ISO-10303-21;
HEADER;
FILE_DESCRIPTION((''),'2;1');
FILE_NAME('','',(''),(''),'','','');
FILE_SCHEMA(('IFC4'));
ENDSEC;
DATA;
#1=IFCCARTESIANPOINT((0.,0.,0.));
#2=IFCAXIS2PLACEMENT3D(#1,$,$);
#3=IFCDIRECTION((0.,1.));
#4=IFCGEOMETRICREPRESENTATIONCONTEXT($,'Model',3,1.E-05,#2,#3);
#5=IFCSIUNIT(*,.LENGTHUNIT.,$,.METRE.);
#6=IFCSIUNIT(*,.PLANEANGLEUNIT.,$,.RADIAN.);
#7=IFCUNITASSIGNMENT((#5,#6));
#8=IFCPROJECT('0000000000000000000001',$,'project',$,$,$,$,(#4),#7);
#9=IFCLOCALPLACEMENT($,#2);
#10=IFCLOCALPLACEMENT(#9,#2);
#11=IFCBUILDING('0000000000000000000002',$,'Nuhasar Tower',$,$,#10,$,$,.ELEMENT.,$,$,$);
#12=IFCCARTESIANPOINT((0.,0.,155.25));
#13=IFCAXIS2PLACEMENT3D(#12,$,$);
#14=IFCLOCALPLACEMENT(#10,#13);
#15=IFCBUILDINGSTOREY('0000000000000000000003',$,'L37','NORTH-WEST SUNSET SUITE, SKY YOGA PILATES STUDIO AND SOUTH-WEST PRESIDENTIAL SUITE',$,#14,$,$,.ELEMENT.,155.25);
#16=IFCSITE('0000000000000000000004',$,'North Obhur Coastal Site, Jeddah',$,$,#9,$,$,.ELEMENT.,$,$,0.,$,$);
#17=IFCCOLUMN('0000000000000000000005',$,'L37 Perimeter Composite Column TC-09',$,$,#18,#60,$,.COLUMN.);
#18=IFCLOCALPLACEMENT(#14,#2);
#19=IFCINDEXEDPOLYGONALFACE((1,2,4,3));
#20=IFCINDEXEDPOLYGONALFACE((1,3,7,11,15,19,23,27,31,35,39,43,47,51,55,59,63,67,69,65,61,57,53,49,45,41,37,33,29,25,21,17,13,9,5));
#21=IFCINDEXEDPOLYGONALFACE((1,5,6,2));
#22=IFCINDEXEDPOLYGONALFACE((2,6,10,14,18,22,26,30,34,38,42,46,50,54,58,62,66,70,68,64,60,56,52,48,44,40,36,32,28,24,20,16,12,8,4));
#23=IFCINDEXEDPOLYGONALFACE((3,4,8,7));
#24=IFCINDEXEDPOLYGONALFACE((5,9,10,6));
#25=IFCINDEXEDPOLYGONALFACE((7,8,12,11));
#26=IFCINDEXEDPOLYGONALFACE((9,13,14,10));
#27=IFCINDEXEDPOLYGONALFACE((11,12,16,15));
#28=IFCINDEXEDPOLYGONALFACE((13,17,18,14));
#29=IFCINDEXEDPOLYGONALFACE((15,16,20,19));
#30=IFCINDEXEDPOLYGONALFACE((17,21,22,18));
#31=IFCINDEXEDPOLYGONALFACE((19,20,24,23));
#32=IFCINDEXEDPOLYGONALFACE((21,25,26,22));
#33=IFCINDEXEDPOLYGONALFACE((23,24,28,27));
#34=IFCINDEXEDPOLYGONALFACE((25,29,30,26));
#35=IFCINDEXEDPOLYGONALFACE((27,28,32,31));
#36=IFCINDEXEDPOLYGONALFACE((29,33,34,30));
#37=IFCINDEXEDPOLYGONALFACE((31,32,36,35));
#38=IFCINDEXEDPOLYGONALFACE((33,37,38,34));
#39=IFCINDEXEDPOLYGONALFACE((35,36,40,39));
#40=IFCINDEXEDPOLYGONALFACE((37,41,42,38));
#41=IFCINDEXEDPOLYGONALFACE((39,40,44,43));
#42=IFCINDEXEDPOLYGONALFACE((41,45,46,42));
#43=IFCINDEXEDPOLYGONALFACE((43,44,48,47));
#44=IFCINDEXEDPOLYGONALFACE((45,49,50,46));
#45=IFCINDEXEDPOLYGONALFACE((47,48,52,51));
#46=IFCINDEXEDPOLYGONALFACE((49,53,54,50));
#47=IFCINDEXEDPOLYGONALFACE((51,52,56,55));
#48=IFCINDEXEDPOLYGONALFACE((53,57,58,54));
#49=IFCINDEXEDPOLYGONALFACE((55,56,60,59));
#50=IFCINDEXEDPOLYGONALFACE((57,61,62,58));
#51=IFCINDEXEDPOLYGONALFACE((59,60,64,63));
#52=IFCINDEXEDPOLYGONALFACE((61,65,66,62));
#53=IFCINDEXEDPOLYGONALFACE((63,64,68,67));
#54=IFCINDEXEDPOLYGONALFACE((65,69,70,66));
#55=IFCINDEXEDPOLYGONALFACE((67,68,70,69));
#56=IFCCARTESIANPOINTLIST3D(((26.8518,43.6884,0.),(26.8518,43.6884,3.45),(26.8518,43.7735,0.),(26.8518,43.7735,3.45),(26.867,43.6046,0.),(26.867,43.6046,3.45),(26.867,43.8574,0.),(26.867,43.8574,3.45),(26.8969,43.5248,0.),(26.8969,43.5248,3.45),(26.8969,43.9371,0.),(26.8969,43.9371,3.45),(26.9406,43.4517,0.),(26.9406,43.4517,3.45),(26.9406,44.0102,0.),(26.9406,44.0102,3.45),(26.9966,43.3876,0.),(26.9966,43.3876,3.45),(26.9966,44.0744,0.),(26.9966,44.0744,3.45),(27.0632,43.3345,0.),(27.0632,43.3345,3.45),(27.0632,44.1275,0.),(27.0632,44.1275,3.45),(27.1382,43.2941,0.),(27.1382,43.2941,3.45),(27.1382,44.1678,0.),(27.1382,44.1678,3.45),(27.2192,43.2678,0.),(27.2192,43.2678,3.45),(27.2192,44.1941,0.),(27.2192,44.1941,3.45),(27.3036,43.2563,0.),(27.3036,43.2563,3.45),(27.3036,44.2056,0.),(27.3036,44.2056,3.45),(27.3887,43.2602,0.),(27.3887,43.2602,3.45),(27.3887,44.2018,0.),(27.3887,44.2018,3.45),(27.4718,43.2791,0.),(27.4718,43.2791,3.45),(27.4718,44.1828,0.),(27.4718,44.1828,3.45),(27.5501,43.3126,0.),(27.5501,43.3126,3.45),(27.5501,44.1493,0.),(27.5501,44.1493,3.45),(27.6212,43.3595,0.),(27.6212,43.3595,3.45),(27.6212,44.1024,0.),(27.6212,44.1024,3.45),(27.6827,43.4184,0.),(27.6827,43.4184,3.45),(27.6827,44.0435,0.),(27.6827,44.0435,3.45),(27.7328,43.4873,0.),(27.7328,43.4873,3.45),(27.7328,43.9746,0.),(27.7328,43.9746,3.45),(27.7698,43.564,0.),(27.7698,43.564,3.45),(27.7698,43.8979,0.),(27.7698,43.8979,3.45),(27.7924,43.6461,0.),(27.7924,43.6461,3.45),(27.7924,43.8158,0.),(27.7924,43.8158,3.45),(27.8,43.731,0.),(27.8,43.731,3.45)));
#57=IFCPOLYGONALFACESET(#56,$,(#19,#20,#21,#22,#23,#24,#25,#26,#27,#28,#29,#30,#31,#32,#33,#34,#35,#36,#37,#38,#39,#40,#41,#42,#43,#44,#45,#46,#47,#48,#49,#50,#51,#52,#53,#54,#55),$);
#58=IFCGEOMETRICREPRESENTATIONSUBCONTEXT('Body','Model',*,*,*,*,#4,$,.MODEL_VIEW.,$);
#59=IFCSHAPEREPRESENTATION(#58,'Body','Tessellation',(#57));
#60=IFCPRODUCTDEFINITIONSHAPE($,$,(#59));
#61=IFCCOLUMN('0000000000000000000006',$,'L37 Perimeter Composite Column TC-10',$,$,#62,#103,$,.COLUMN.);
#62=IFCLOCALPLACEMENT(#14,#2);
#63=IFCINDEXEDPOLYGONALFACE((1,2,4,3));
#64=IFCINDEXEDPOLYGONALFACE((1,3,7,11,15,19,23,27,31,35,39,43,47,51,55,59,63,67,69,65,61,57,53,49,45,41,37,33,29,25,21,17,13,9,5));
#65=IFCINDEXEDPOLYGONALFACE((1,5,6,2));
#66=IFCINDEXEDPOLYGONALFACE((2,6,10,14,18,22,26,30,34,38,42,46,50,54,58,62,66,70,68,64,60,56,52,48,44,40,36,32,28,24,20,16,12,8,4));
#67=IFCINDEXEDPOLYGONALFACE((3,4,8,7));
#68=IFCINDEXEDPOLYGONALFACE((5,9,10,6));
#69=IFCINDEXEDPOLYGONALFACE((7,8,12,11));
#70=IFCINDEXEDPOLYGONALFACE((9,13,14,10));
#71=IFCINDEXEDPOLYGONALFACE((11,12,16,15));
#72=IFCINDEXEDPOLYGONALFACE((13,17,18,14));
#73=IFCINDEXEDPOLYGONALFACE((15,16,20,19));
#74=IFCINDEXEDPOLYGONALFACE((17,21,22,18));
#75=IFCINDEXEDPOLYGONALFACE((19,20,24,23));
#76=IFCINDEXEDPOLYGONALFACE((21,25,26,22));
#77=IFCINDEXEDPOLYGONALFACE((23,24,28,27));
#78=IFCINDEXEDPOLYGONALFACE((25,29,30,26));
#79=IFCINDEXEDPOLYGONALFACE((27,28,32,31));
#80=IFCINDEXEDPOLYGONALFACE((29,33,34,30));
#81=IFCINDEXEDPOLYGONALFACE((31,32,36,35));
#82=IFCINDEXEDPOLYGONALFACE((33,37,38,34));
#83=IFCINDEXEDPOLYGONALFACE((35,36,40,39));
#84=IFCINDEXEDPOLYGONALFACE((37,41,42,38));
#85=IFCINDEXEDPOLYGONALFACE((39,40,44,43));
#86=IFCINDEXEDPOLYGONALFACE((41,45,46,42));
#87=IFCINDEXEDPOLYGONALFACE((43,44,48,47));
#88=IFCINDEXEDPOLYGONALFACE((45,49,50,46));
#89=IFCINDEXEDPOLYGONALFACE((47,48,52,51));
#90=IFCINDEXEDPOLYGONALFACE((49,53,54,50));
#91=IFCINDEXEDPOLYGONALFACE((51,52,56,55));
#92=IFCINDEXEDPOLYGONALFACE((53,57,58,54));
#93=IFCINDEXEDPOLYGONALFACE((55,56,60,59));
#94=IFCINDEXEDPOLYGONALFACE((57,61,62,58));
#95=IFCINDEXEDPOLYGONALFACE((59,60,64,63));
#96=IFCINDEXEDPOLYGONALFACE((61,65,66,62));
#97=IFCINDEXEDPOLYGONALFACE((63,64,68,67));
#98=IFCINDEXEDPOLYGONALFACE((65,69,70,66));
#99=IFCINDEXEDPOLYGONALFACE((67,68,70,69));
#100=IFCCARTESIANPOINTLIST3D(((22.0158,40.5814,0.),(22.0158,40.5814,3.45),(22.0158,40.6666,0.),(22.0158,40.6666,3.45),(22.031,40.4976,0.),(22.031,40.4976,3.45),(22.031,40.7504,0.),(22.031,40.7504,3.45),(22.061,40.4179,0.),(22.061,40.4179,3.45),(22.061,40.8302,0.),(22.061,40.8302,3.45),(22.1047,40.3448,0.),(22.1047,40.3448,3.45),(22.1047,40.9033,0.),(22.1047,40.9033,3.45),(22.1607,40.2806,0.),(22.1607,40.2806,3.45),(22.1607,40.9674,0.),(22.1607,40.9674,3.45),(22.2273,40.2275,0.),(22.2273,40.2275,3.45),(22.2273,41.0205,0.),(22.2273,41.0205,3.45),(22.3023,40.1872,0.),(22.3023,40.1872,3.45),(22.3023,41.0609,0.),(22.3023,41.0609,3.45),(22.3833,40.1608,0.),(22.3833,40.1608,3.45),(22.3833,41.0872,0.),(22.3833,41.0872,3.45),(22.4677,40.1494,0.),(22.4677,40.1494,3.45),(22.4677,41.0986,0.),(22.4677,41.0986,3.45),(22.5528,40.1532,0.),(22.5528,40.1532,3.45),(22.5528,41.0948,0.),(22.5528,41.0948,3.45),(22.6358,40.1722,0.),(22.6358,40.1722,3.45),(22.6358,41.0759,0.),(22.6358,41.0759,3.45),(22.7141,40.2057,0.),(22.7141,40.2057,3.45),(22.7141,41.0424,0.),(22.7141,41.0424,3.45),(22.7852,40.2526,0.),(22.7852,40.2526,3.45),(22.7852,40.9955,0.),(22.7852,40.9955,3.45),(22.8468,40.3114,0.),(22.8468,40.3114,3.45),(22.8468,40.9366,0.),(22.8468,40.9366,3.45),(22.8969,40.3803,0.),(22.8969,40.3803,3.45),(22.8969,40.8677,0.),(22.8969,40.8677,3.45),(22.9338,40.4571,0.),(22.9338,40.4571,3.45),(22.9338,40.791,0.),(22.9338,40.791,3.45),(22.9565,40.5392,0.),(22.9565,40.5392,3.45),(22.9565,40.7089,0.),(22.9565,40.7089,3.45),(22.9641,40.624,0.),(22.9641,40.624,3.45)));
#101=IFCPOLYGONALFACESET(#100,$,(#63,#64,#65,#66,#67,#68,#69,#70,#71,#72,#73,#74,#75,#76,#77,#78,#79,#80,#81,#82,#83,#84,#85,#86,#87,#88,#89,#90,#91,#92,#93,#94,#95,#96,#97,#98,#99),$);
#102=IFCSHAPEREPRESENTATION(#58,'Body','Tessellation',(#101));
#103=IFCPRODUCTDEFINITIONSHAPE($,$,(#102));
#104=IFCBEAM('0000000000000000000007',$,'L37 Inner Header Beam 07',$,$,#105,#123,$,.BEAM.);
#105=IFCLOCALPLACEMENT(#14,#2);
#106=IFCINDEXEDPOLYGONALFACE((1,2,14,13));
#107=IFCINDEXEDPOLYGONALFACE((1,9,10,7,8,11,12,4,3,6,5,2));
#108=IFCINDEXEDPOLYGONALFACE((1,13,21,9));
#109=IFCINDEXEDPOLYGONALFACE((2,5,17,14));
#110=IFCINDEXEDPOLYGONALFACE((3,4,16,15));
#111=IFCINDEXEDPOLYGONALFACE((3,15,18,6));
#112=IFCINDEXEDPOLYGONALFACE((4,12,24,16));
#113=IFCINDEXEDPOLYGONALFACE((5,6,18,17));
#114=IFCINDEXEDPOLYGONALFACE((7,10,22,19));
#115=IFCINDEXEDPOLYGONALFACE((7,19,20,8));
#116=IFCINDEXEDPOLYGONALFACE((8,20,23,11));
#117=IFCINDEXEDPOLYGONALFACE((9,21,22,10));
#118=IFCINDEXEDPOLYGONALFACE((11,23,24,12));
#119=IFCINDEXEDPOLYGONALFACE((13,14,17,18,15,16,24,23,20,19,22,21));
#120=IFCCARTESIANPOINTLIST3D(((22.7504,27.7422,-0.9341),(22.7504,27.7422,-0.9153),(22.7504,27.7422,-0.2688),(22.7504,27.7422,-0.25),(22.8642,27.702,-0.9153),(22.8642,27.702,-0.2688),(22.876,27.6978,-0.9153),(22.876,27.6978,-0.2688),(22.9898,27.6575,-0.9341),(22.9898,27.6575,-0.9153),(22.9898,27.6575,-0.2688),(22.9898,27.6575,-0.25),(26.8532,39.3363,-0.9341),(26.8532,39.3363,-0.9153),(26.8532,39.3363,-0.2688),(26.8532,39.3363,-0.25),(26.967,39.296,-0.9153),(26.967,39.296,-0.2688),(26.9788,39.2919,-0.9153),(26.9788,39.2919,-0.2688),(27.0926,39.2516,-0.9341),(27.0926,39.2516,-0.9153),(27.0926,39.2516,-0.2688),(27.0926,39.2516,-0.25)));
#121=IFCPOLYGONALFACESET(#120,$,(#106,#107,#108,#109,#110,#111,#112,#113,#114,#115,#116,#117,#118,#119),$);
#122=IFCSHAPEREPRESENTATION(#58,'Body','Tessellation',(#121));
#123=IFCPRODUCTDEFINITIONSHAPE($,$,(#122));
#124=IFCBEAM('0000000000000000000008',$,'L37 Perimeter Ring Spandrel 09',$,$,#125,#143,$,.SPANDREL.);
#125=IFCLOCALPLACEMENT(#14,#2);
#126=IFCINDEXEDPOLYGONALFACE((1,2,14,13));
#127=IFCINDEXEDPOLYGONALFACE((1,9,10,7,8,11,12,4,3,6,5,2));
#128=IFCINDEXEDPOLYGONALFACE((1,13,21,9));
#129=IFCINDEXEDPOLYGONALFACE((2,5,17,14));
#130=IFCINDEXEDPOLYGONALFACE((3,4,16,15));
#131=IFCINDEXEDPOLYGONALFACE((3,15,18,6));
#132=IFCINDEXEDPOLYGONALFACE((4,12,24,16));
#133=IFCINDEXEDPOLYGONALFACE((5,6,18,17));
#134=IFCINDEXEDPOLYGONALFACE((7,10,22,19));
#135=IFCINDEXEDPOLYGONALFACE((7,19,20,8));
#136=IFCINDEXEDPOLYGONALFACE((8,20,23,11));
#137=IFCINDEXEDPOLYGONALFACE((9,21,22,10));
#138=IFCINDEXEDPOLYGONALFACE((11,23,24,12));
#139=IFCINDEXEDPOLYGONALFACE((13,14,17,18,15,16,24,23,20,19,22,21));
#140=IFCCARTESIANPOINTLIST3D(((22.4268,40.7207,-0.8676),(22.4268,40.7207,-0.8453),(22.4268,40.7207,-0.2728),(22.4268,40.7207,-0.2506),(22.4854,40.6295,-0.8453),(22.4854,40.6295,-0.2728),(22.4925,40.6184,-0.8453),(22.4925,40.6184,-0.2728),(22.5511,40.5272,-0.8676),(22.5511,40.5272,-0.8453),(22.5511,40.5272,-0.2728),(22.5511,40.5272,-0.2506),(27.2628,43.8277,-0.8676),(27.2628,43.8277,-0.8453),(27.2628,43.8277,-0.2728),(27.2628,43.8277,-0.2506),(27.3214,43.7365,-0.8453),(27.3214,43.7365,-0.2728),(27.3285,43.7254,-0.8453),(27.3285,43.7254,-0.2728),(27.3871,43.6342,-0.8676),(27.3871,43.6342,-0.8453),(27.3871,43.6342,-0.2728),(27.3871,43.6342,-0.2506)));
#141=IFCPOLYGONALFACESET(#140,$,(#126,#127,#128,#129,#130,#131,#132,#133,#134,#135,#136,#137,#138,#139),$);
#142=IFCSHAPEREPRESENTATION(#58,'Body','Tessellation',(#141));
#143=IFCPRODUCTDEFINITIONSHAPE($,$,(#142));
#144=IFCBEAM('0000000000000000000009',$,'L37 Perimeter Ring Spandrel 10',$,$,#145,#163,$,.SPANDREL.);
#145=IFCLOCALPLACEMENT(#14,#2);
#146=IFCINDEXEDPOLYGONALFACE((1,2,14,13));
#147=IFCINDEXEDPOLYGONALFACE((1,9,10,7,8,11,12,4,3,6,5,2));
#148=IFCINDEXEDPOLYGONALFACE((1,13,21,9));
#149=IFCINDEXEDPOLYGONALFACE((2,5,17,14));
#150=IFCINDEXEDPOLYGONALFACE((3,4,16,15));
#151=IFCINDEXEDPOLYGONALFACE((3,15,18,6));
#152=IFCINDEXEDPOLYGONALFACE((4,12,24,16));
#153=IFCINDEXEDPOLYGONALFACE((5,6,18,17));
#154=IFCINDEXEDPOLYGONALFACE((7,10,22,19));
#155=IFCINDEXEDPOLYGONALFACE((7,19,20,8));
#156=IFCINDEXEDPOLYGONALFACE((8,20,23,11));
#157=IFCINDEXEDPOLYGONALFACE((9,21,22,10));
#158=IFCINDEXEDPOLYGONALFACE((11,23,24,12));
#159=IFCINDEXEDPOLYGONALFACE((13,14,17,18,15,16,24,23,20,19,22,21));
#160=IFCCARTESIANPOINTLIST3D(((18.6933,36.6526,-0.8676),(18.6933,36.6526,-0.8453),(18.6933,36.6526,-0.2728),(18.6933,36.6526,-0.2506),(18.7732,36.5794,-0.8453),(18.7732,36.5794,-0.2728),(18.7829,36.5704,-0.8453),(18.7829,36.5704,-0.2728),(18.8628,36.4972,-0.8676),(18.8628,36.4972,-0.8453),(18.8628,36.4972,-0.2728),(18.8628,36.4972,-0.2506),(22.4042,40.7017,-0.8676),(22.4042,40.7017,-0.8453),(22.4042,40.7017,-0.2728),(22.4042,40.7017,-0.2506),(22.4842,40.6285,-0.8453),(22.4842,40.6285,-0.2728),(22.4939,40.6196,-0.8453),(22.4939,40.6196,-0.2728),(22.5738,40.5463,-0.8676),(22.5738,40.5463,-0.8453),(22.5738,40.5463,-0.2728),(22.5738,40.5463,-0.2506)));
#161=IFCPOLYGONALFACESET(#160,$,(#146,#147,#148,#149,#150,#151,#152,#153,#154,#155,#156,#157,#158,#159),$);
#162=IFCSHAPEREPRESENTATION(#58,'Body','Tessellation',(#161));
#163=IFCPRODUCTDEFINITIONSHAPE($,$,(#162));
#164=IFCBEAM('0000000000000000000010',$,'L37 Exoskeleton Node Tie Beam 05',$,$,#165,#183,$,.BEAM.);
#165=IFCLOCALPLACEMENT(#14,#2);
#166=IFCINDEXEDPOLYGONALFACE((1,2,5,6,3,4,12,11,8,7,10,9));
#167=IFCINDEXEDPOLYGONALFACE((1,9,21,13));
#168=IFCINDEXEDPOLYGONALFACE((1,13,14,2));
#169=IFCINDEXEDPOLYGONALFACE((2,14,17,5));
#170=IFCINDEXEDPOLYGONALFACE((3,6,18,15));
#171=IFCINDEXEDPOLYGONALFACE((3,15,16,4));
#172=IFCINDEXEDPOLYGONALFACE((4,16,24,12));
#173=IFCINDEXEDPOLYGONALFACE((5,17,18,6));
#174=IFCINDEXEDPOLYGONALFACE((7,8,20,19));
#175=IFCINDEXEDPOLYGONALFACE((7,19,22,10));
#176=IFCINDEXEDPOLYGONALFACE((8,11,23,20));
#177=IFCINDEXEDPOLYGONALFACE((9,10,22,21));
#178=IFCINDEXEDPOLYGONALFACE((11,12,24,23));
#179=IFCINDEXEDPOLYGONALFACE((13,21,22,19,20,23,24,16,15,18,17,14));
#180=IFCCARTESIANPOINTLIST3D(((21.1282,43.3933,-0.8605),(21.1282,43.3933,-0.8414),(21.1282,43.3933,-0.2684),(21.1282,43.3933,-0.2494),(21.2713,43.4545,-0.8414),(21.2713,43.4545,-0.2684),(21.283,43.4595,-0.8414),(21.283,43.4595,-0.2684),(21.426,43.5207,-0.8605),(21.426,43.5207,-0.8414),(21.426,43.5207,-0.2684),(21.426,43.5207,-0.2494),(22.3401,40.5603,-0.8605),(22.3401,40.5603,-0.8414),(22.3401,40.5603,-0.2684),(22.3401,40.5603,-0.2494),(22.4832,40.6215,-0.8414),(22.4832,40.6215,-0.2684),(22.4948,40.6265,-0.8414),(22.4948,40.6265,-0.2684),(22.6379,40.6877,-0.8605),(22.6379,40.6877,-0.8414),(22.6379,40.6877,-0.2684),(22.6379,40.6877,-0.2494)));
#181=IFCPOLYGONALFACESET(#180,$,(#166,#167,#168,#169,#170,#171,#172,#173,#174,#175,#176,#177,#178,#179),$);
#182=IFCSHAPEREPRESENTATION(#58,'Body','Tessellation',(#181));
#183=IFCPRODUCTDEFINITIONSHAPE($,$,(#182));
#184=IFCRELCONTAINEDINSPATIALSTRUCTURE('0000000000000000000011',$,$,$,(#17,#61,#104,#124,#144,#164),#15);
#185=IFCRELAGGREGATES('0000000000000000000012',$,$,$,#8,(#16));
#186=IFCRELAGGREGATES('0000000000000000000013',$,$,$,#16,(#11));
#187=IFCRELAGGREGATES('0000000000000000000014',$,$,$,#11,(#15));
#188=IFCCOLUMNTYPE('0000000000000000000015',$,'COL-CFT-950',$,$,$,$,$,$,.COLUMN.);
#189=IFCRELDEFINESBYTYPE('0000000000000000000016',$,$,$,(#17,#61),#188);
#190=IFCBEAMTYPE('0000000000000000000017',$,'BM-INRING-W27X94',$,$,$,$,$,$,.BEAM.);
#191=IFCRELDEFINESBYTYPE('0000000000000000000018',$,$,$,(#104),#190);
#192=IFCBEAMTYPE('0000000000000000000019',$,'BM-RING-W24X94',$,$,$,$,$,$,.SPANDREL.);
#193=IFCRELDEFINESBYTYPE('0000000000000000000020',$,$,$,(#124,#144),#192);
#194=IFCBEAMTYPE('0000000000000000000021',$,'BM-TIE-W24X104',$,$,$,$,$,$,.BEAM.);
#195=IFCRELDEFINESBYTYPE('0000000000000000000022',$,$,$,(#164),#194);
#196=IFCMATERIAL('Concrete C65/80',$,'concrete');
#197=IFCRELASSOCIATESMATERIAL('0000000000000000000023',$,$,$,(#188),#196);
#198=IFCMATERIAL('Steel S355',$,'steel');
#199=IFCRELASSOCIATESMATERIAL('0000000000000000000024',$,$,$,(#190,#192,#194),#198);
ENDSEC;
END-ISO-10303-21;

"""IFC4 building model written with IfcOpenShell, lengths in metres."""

from ifc_helpers import new_model, si_unit, direction, frame, origin, origin_2d, place, context, subcontext, project, spatial, circle, i_section, extrude, material, material_profile, profile_set, type_object, element, save


model = new_model("IFC4")

# Units and contexts
model_context = context("Model", 3, precision=1e-05, world=origin(), true_north=direction((0.0, 1.0)))
body_context = subcontext(model_context, "Body", "Model", "MODEL_VIEW")
ifc_project = project(units=[si_unit("LENGTHUNIT", "METRE"), si_unit("PLANEANGLEUNIT", "RADIAN")], contexts=[model_context])

# Site, building, storey
site_placement = place(None, origin())
site = spatial("IfcSite", under=ifc_project, at=site_placement, Name="North Obhur Coastal Site, Jeddah", CompositionType="ELEMENT", RefElevation=0.0)
building_placement = place(site_placement, origin())
building = spatial("IfcBuilding", under=site, at=building_placement, Name="Nuhasar Tower", CompositionType="ELEMENT")
storey_placement = place(building_placement, frame((0.0, 0.0, 155.25)))
storey = spatial("IfcBuildingStorey", under=building, at=storey_placement, Name="L37", Description="NORTH-WEST SUNSET SUITE, SKY YOGA PILATES STUDIO AND SOUTH-WEST PRESIDENTIAL SUITE", CompositionType="ELEMENT", Elevation=155.25)

# Columns
ifc_material_1 = material(Name="Concrete C65/80", Category="concrete")
ifc_material_profile_1 = material_profile(ifc_material_1, circle(Radius=0.4751, at=origin_2d()), Name="CFT950")
ifc_profile_set_1 = profile_set([ifc_material_profile_1], Name="Concrete C65/80")
column_type = type_object("IfcColumnType", Name="COL-CFT-950", PredefinedType="COLUMN", material=ifc_profile_set_1)
for number, where, z_axis, x_axis, name in (
    (1, (27.325, 43.731, 0.0), (0.0, 0.0, 1.0), (1.0, 0.0, 0.0), "L37 Perimeter Composite Column TC-09"),
    (2, (22.489, 40.624, 0.0), (0.0, 0.0, 1.0), (1.0, 0.0, 0.0), "L37 Perimeter Composite Column TC-10"),
):
    element("IfcColumn", number, at=place(storey_placement, frame(where, z_axis=z_axis, x_axis=x_axis)), inside=storey, type_object=column_type, Name=name, PredefinedType="COLUMN", context=body_context, shape_type="SweptSolid", body=[
        extrude(circle(Radius=0.4751, at=origin_2d()), origin(), (0.0, 0.0, 1.0), 3.45),
    ])

# Beams
ifc_material_2 = material(Name="Steel S355", Category="steel")
ifc_material_profile_2 = material_profile(ifc_material_2, i_section(OverallWidth=0.2539, OverallDepth=0.6841, WebThickness=0.0125, FlangeThickness=0.0188, at=origin_2d()), Name="W27X94")
ifc_profile_set_2 = profile_set([ifc_material_profile_2], Name="Steel S355")
beam_type_1 = type_object("IfcBeamType", Name="BM-INRING-W27X94", PredefinedType="BEAM", material=ifc_profile_set_2)
beam_1_placement = place(storey_placement, frame((26.9729, 39.2939, -0.592), z_axis=(-0.3336, -0.942715, 0.0), x_axis=(0.942715, -0.3336, 0.0)))
element("IfcBeam", 3, at=beam_1_placement, inside=storey, type_object=beam_type_1, Name="L37 Inner Header Beam 07", PredefinedType="BEAM", context=body_context, shape_type="SweptSolid", body=[
    extrude(i_section(OverallWidth=0.2539, OverallDepth=0.6841, WebThickness=0.0125, FlangeThickness=0.0188, at=origin_2d()), origin(), (0.0, 0.0, 1.0), 12.2986),
])
ifc_material_profile_3 = material_profile(ifc_material_2, i_section(OverallWidth=0.23, OverallDepth=0.6169, WebThickness=0.0132, FlangeThickness=0.0222, at=origin_2d()), Name="W24X94")
ifc_profile_set_3 = profile_set([ifc_material_profile_3], Name="Steel S355")
beam_type_2 = type_object("IfcBeamType", Name="BM-RING-W24X94", PredefinedType="SPANDREL", material=ifc_profile_set_3)
beam_2_placement = place(storey_placement, frame((27.325, 43.731, -0.5591), z_axis=(-0.841327, -0.540526, 0.0), x_axis=(0.540526, -0.841327, 0.0)))
element("IfcBeam", 4, at=beam_2_placement, inside=storey, type_object=beam_type_2, Name="L37 Perimeter Ring Spandrel 09", PredefinedType="SPANDREL", context=body_context, shape_type="SweptSolid", body=[
    extrude(i_section(OverallWidth=0.23, OverallDepth=0.6169, WebThickness=0.0132, FlangeThickness=0.0222, at=origin_2d()), origin(), (0.0, 0.0, 1.0), 5.748),
])
beam_3_placement = place(storey_placement, frame((22.489, 40.624, -0.5591), z_axis=(-0.675654, -0.737219, 0.0), x_axis=(0.737219, -0.675654, 0.0)))
element("IfcBeam", 5, at=beam_3_placement, inside=storey, type_object=beam_type_2, Name="L37 Perimeter Ring Spandrel 10", PredefinedType="SPANDREL", context=body_context, shape_type="SweptSolid", body=[
    extrude(i_section(OverallWidth=0.23, OverallDepth=0.6169, WebThickness=0.0132, FlangeThickness=0.0222, at=origin_2d()), origin(), (0.0, 0.0, 1.0), 5.4924),
])
ifc_material_profile_4 = material_profile(ifc_material_2, i_section(OverallWidth=0.324, OverallDepth=0.6111, WebThickness=0.0127, FlangeThickness=0.019, at=origin_2d()), Name="W24X104")
ifc_profile_set_4 = profile_set([ifc_material_profile_4], Name="Steel S355")
beam_type_3 = type_object("IfcBeamType", Name="BM-TIE-W24X104", PredefinedType="BEAM", material=ifc_profile_set_4)
beam_4_placement = place(storey_placement, frame((22.489, 40.624, -0.5549), z_axis=(-0.393307, 0.919407, 0.0), x_axis=(-0.919407, -0.393307, 0.0)))
element("IfcBeam", 6, at=beam_4_placement, inside=storey, type_object=beam_type_3, Name="L37 Exoskeleton Node Tie Beam 05", PredefinedType="BEAM", context=body_context, shape_type="SweptSolid", body=[
    extrude(i_section(OverallWidth=0.324, OverallDepth=0.6111, WebThickness=0.0127, FlangeThickness=0.019, at=origin_2d()), origin(), (0.0, 0.0, 1.0), 3.0813),
])

save(model, "model.ifc")
